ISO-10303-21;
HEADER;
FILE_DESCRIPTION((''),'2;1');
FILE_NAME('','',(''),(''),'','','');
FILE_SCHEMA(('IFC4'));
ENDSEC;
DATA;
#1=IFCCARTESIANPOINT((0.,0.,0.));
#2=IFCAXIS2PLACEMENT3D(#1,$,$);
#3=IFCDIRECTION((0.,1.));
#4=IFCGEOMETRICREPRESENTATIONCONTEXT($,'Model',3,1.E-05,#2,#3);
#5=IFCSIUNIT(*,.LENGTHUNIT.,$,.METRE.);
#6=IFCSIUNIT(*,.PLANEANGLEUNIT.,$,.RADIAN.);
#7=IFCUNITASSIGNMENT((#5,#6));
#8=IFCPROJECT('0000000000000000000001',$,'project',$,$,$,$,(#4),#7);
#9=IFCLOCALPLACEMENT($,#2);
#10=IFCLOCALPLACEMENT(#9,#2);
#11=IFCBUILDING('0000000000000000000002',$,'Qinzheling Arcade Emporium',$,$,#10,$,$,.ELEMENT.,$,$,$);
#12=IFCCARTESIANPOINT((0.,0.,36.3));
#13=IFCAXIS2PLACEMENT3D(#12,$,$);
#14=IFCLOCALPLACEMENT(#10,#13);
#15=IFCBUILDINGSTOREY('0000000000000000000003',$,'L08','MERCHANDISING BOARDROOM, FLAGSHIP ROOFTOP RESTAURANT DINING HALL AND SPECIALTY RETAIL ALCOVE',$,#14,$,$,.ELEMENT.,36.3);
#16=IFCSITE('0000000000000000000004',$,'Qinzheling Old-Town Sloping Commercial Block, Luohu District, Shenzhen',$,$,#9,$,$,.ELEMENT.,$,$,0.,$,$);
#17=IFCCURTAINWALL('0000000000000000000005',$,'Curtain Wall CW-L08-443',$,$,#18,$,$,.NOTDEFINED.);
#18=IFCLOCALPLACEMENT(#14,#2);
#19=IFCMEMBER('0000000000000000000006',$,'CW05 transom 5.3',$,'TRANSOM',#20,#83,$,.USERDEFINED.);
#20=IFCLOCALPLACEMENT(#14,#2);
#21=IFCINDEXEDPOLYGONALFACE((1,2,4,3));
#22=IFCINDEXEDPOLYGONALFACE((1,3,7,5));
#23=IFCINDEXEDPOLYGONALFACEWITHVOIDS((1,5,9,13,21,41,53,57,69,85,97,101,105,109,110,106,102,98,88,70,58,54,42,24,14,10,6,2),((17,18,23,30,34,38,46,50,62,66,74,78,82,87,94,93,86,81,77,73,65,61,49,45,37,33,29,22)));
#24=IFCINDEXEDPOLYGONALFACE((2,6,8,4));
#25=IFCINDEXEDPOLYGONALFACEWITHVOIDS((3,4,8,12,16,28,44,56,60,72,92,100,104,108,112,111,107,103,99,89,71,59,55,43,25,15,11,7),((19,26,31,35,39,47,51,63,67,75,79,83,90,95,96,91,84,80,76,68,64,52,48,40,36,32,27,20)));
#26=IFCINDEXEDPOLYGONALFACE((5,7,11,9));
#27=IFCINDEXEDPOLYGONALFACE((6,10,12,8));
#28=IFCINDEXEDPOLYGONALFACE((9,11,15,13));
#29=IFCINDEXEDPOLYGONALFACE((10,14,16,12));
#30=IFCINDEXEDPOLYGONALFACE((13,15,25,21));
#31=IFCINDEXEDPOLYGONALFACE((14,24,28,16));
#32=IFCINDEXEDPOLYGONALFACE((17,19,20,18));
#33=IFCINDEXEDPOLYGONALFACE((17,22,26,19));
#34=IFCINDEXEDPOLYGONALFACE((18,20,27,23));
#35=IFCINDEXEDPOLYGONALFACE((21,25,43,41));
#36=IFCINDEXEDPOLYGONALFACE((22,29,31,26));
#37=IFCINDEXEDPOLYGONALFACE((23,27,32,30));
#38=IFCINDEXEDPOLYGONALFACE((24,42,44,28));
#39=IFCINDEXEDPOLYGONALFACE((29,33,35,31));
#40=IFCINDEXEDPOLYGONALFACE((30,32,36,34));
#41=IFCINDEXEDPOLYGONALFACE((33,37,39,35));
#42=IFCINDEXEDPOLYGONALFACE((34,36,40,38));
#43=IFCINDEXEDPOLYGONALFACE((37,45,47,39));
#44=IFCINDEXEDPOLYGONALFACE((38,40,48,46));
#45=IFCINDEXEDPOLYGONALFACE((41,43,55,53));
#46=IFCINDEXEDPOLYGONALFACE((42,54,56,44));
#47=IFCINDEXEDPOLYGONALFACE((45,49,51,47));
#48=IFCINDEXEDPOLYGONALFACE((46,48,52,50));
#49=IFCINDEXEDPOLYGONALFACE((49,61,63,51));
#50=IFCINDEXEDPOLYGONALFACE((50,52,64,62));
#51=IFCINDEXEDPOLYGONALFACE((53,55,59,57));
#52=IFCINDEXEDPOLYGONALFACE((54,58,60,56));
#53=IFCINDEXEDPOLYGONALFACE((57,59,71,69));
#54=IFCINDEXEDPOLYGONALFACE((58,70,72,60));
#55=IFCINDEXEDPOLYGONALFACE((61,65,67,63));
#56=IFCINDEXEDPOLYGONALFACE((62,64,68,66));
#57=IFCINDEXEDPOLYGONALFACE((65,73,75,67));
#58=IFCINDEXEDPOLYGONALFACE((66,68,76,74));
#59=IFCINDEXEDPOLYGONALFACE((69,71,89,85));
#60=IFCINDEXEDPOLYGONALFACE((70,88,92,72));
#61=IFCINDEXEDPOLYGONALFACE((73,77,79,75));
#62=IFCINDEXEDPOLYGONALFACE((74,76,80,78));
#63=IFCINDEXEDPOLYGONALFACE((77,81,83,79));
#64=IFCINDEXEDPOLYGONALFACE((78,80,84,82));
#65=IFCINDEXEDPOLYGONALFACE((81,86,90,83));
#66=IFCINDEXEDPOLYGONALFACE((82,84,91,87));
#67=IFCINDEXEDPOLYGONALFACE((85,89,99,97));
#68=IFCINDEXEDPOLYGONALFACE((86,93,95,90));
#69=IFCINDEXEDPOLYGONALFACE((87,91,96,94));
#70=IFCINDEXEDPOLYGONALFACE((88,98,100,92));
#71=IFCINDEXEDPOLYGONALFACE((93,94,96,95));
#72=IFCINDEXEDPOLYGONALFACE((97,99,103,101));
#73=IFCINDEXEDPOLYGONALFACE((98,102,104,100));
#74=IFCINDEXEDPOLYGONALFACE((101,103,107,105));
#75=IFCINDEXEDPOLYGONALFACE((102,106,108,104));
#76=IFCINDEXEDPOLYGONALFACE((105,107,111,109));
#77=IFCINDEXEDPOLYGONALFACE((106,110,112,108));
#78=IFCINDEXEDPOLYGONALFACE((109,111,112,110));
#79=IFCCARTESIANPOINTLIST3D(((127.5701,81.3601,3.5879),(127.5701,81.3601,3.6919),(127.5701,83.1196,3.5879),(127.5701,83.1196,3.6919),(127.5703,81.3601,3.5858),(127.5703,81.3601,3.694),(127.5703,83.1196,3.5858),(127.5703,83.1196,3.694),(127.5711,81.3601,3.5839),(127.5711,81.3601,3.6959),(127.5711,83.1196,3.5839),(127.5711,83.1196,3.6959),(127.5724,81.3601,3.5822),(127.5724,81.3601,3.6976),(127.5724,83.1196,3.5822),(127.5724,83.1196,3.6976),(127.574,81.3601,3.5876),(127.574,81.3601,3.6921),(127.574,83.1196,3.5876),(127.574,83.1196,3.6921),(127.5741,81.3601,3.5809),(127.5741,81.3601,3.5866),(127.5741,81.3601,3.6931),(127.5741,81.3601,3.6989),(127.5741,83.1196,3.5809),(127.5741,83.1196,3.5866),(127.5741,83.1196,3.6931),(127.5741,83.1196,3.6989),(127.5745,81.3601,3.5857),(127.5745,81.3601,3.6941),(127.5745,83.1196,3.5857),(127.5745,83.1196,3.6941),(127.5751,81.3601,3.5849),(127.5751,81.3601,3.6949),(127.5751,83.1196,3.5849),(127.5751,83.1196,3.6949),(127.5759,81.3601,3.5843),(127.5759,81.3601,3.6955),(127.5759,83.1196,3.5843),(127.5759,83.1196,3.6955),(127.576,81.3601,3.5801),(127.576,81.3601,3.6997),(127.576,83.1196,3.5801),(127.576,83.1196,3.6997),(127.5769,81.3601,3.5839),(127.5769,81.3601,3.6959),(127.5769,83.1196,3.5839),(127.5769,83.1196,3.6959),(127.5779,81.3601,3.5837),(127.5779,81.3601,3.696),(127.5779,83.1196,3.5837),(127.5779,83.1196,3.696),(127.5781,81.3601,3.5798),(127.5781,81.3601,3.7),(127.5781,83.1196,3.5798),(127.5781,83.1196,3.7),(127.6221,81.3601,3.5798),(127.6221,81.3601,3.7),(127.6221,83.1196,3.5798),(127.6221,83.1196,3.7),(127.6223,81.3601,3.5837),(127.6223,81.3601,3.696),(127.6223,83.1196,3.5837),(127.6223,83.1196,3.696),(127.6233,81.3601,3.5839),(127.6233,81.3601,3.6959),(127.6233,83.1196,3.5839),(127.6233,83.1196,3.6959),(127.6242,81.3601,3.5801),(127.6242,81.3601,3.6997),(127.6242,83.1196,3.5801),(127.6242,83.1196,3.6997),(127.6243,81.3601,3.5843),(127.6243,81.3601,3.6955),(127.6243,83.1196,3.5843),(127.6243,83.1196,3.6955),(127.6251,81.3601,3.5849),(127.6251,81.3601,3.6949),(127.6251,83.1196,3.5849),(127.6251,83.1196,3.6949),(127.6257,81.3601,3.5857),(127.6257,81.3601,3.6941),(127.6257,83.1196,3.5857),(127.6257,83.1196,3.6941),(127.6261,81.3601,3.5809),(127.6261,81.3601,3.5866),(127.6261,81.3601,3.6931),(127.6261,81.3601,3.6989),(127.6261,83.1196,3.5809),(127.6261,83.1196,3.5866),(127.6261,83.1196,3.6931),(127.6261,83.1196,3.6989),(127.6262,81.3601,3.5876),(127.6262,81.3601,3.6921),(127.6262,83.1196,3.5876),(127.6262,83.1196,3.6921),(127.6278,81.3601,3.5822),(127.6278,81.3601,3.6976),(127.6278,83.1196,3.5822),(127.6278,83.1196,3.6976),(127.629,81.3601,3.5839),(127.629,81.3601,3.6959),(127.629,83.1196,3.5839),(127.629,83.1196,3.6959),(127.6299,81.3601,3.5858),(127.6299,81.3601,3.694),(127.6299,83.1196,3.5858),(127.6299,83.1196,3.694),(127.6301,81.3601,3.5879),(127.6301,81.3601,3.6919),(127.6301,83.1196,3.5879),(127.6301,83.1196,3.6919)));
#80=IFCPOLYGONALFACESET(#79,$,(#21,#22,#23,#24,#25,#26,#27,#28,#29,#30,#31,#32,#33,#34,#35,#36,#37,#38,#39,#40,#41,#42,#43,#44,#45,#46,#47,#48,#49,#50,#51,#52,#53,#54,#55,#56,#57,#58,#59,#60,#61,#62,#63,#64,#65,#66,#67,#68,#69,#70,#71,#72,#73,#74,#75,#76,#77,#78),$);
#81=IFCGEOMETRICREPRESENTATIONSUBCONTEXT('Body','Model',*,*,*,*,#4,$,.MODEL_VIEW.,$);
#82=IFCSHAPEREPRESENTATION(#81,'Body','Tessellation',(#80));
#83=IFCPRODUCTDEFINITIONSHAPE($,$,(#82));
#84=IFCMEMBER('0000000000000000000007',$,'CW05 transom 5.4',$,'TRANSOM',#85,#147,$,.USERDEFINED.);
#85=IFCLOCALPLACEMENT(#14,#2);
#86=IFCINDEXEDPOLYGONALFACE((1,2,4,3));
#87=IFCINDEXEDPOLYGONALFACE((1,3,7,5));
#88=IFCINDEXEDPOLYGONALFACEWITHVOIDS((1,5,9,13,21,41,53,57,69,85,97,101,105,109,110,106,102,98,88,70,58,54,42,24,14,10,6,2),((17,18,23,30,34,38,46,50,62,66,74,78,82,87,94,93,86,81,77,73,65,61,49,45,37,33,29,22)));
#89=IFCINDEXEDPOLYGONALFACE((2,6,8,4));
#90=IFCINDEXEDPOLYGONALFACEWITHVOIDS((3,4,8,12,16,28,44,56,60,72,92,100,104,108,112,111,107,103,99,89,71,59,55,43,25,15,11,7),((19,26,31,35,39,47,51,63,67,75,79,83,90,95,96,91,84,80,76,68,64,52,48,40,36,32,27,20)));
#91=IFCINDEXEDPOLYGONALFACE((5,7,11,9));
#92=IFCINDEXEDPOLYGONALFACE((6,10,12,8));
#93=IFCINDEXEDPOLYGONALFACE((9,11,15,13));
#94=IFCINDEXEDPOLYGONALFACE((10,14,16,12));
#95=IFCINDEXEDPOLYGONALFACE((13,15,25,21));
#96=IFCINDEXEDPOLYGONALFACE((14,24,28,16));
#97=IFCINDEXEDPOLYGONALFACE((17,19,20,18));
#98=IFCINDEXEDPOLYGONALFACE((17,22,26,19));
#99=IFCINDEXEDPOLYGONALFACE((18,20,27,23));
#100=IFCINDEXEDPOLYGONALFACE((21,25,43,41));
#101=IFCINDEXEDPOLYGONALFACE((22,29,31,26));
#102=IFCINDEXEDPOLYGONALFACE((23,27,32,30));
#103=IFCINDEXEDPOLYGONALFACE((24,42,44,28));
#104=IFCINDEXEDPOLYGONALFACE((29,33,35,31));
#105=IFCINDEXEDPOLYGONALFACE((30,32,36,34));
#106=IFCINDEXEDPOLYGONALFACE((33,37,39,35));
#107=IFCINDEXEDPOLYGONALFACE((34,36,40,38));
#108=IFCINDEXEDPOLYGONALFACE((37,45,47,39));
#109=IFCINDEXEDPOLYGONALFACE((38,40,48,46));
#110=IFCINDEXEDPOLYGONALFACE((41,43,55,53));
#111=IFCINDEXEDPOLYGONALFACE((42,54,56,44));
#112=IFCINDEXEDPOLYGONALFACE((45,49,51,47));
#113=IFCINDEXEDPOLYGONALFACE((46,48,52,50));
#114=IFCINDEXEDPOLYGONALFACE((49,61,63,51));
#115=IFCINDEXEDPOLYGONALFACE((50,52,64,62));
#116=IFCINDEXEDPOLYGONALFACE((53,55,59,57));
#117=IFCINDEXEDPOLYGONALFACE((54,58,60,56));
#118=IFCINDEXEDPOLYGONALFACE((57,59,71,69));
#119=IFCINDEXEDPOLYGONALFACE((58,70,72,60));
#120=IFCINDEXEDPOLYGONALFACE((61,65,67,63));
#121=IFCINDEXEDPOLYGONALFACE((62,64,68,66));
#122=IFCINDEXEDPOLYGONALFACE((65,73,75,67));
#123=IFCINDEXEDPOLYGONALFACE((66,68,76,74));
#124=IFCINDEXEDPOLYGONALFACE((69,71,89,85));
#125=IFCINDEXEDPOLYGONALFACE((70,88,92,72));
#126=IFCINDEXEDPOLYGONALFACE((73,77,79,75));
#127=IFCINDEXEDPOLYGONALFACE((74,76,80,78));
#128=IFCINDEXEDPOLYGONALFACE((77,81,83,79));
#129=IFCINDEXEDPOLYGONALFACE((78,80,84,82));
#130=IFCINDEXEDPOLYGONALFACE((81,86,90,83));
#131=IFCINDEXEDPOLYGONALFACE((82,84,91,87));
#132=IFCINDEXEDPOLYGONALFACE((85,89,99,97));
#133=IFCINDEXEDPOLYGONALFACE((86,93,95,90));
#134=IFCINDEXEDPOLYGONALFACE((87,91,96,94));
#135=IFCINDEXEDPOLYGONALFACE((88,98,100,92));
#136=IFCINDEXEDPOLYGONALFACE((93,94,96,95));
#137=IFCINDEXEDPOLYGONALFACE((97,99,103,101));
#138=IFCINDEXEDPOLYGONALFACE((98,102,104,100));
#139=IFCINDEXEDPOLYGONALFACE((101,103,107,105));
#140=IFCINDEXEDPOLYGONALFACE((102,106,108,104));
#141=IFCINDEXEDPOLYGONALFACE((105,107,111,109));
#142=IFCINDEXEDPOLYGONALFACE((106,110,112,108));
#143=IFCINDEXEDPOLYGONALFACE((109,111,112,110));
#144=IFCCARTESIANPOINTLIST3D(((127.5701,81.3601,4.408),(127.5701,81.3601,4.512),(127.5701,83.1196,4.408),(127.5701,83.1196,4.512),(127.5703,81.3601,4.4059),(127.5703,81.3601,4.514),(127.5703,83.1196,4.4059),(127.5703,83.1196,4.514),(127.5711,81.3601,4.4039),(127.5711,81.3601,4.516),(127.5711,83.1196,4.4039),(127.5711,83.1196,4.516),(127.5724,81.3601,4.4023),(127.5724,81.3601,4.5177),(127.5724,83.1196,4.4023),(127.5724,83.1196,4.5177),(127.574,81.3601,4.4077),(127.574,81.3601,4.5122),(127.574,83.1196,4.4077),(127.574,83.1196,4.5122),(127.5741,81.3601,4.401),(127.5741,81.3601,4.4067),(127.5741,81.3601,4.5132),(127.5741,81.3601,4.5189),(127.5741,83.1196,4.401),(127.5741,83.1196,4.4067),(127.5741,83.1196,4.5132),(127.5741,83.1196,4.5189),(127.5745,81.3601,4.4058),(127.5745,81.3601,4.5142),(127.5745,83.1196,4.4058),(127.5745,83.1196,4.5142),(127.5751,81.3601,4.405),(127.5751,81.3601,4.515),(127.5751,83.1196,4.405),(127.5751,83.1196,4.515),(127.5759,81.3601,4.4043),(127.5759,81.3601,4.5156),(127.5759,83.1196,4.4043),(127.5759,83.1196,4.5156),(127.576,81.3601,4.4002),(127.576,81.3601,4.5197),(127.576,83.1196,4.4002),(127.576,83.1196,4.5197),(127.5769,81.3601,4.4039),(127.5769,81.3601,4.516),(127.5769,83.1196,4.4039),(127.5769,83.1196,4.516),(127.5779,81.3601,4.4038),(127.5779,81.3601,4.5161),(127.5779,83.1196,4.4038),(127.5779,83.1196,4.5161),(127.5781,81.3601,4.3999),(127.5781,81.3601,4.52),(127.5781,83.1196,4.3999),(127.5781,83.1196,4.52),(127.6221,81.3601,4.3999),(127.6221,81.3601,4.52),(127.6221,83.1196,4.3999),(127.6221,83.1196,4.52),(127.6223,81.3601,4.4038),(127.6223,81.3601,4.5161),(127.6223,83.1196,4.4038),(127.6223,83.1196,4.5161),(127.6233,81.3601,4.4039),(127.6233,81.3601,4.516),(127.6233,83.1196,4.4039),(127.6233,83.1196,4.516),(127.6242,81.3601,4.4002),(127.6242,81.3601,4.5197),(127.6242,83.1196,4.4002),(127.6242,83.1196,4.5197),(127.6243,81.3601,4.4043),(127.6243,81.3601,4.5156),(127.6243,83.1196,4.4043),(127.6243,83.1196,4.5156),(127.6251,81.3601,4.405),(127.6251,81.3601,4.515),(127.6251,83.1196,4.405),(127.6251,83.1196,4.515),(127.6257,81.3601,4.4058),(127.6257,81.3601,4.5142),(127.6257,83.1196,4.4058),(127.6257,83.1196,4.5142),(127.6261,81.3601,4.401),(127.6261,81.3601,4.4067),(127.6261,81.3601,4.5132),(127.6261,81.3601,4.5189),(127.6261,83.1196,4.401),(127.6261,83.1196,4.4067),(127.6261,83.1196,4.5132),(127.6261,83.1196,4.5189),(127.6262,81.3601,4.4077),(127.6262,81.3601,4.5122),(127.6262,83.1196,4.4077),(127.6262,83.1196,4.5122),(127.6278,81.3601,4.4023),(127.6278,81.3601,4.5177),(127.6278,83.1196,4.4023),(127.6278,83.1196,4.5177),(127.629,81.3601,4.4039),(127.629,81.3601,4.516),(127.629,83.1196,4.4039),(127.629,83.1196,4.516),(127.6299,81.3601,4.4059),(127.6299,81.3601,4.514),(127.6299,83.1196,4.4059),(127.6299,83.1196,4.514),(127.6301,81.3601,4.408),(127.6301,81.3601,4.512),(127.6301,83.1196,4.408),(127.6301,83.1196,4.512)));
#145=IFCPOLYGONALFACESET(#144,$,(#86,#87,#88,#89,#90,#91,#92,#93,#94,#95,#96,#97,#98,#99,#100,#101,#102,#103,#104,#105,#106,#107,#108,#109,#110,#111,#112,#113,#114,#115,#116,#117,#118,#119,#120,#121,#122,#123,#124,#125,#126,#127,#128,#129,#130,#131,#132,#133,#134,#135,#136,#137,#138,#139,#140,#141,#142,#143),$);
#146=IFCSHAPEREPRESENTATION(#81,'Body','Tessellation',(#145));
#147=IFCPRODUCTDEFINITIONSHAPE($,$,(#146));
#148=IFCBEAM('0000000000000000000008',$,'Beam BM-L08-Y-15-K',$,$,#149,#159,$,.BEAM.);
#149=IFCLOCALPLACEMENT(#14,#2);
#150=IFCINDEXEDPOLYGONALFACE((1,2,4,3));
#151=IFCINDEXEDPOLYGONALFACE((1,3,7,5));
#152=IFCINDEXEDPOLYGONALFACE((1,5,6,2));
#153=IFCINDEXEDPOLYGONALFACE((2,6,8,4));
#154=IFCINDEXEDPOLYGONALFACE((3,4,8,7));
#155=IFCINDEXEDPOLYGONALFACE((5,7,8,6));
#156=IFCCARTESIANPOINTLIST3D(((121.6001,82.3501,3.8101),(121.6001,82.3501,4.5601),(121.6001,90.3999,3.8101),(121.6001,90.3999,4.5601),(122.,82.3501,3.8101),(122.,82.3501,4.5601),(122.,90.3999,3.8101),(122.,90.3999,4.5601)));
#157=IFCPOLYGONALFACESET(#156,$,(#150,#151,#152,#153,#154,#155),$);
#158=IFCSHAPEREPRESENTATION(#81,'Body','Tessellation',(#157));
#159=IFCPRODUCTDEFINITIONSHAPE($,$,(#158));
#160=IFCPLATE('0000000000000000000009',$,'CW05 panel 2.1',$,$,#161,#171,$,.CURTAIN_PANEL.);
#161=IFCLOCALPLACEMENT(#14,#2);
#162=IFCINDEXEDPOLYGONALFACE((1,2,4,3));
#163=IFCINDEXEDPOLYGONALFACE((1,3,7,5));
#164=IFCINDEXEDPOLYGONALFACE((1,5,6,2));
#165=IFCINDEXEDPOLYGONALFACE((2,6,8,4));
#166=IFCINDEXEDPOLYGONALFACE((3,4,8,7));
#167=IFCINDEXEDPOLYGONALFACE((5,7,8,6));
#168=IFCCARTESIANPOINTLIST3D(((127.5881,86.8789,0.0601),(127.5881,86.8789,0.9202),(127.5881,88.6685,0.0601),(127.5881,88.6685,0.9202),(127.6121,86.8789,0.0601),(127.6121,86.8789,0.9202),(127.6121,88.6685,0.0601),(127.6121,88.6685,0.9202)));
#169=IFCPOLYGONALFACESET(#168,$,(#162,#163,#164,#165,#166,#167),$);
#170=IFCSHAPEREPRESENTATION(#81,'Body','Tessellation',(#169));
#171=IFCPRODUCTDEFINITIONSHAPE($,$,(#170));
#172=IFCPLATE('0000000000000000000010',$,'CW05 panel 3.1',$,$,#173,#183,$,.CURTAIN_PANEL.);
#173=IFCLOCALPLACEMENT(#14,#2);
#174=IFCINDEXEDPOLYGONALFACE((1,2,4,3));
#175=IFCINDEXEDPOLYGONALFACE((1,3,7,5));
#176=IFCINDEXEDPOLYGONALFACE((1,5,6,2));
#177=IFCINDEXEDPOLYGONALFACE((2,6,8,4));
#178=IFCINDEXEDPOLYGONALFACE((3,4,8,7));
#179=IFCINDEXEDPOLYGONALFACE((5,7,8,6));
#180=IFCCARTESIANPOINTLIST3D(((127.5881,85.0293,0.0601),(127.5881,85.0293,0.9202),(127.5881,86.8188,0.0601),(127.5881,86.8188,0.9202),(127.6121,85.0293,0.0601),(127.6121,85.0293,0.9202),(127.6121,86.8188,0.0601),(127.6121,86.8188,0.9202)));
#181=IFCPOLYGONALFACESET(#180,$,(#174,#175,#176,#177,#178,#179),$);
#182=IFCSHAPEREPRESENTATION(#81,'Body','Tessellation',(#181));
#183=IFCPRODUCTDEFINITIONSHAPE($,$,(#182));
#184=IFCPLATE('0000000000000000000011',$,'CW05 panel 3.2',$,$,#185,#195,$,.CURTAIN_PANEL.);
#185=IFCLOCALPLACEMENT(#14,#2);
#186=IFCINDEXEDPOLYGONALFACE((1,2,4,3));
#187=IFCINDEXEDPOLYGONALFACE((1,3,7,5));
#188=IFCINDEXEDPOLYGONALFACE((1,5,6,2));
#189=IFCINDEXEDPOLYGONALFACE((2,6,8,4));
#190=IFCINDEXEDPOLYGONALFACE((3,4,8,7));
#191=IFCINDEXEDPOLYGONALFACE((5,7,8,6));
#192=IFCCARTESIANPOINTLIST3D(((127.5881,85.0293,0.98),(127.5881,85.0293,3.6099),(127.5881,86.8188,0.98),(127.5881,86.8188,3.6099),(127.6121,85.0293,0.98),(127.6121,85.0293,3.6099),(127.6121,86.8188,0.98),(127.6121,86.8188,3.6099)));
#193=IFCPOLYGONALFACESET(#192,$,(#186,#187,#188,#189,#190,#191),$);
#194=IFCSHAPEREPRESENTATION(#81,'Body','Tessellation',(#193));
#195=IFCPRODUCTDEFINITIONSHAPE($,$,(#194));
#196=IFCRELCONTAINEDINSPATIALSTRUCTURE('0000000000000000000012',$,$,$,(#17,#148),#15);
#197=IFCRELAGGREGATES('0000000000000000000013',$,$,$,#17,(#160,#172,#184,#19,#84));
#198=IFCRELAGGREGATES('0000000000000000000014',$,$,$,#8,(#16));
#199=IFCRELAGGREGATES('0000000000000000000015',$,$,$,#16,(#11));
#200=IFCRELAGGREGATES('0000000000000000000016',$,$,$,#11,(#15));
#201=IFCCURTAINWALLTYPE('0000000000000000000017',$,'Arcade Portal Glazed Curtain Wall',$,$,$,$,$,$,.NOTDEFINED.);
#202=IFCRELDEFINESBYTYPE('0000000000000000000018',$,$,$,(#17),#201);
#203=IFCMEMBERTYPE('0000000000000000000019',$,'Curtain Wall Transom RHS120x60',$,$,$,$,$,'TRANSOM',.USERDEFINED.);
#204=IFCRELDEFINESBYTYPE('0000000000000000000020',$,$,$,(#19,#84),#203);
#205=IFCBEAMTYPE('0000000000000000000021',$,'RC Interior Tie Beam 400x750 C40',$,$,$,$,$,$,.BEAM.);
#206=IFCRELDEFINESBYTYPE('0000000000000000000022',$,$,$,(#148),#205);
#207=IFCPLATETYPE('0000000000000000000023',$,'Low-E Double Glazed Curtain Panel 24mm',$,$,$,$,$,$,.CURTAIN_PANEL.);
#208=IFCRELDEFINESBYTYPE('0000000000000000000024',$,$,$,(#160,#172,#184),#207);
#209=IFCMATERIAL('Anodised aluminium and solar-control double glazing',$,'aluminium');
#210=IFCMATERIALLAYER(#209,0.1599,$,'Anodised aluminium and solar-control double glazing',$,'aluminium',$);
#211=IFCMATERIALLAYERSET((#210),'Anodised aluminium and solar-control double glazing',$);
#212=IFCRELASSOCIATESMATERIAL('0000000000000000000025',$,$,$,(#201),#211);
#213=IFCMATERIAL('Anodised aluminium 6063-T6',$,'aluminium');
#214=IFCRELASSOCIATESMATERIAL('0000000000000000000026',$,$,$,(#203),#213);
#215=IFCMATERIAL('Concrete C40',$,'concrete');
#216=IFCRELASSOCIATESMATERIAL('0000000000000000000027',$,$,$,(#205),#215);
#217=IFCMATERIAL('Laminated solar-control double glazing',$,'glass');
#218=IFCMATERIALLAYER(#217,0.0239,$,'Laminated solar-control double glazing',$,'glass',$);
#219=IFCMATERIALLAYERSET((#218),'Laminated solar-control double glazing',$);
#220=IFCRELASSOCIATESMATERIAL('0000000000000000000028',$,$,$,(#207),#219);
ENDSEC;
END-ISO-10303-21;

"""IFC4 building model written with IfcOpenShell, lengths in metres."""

from ifc_helpers import new_model, si_unit, direction, frame, origin, origin_2d, place, context, subcontext, project, spatial, rectangle, hollow_rectangle, extrude, material, layer, layer_set, material_profile, profile_set, type_object, element, aggregate, save


model = new_model("IFC4")

# Units and contexts
model_context = context("Model", 3, precision=1e-05, world=origin(), true_north=direction((0.0, 1.0)))
body_context = subcontext(model_context, "Body", "Model", "MODEL_VIEW")
ifc_project = project(units=[si_unit("LENGTHUNIT", "METRE"), si_unit("PLANEANGLEUNIT", "RADIAN")], contexts=[model_context])

# Site, building, storey
site_placement = place(None, origin())
site = spatial("IfcSite", under=ifc_project, at=site_placement, Name="Qinzheling Old-Town Sloping Commercial Block, Luohu District, Shenzhen", CompositionType="ELEMENT", RefElevation=0.0)
building_placement = place(site_placement, origin())
building = spatial("IfcBuilding", under=site, at=building_placement, Name="Qinzheling Arcade Emporium", CompositionType="ELEMENT")
storey_placement = place(building_placement, frame((0.0, 0.0, 36.3)))
storey = spatial("IfcBuildingStorey", under=building, at=storey_placement, Name="L08", Description="MERCHANDISING BOARDROOM, FLAGSHIP ROOFTOP RESTAURANT DINING HALL AND SPECIALTY RETAIL ALCOVE", CompositionType="ELEMENT", Elevation=36.3)

# Curtain wall, members
ifc_material_1 = material(Name="Anodised aluminium and solar-control double glazing", Category="aluminium")
ifc_layer_1 = layer(ifc_material_1, 0.1599, Name="Anodised aluminium and solar-control double glazing", Category="aluminium")
ifc_layer_set_1 = layer_set([ifc_layer_1], Name="Anodised aluminium and solar-control double glazing")
curtain_wall_type = type_object("IfcCurtainWallType", Name="Arcade Portal Glazed Curtain Wall", PredefinedType="NOTDEFINED", material=ifc_layer_set_1)
curtain_wall_placement = place(storey_placement, origin())
curtain_wall = element("IfcCurtainWall", 1, at=curtain_wall_placement, inside=storey, type_object=curtain_wall_type, Name="Curtain Wall CW-L08-443", PredefinedType="NOTDEFINED")
ifc_material_2 = material(Name="Anodised aluminium 6063-T6", Category="aluminium")
ifc_material_profile_1 = material_profile(ifc_material_2, hollow_rectangle(XDim=0.0601, YDim=0.1201, WallThickness=0.0039, InnerFilletRadius=0.0039, OuterFilletRadius=0.0081, at=origin_2d()), Name="RHS 120x60x4", Category="aluminium")
ifc_profile_set_1 = profile_set([ifc_material_profile_1], Name="Anodised aluminium 6063-T6")
member_type_1 = type_object("IfcMemberType", Name="Curtain Wall Transom RHS120x60", ElementType="TRANSOM", PredefinedType="USERDEFINED", material=ifc_profile_set_1)
member_1_placement = place(storey_placement, frame((127.6001, 83.1196, 3.6399), z_axis=(0.0, -1.0, 0.0), x_axis=(1.0, 0.0, 0.0)))
member_1 = element("IfcMember", 2, at=member_1_placement, type_object=member_type_1, Name="CW05 transom 5.3", ObjectType="TRANSOM", PredefinedType="USERDEFINED", context=body_context, shape_type="SweptSolid", body=[
    extrude(hollow_rectangle(XDim=0.0601, YDim=0.1201, WallThickness=0.0039, InnerFilletRadius=0.0039, OuterFilletRadius=0.0081, at=origin_2d()), origin(), (0.0, 0.0, 1.0), 1.7595),
])
member_2_placement = place(storey_placement, frame((127.6001, 83.1196, 4.46), z_axis=(0.0, -1.0, 0.0), x_axis=(1.0, 0.0, 0.0)))
member_2 = element("IfcMember", 3, at=member_2_placement, type_object=member_type_1, Name="CW05 transom 5.4", ObjectType="TRANSOM", PredefinedType="USERDEFINED", context=body_context, shape_type="SweptSolid", body=[
    extrude(hollow_rectangle(XDim=0.0601, YDim=0.1201, WallThickness=0.0039, InnerFilletRadius=0.0039, OuterFilletRadius=0.0081, at=origin_2d()), origin(), (0.0, 0.0, 1.0), 1.7595),
])

# Beam
ifc_material_3 = material(Name="Concrete C40", Category="concrete")
ifc_material_profile_2 = material_profile(ifc_material_3, rectangle(XDim=0.3999, YDim=0.75, at=origin_2d()), Name="RC 400x750", Category="concrete")
ifc_profile_set_2 = profile_set([ifc_material_profile_2], Name="Concrete C40")
beam_type = type_object("IfcBeamType", Name="RC Interior Tie Beam 400x750 C40", PredefinedType="BEAM", material=ifc_profile_set_2)
beam_placement = place(storey_placement, frame((121.8, 82.3501, 4.1851), z_axis=(0.0, 1.0, 0.0), x_axis=(-1.0, 0.0, 0.0)))
element("IfcBeam", 4, at=beam_placement, inside=storey, type_object=beam_type, Name="Beam BM-L08-Y-15-K", PredefinedType="BEAM", context=body_context, shape_type="SweptSolid", body=[
    extrude(rectangle(XDim=0.3999, YDim=0.75, at=origin_2d()), origin(), (0.0, 0.0, 1.0), 8.0498),
])

# Plates
ifc_material_4 = material(Name="Laminated solar-control double glazing", Category="glass")
ifc_layer_2 = layer(ifc_material_4, 0.0239, Name="Laminated solar-control double glazing", Category="glass")
ifc_layer_set_2 = layer_set([ifc_layer_2], Name="Laminated solar-control double glazing")
plate_type = type_object("IfcPlateType", Name="Low-E Double Glazed Curtain Panel 24mm", PredefinedType="CURTAIN_PANEL", material=ifc_layer_set_2)
plate_1_placement = place(storey_placement, frame((127.6001, 87.7737, 0.0601), z_axis=(0.0, 0.0, 1.0), x_axis=(0.0, -1.0, 0.0)))
plate_1 = element("IfcPlate", 5, at=plate_1_placement, type_object=plate_type, Name="CW05 panel 2.1", PredefinedType="CURTAIN_PANEL", context=body_context, shape_type="SweptSolid", body=[
    extrude(rectangle(XDim=1.7896, YDim=0.0239, at=origin_2d()), origin(), (0.0, 0.0, 1.0), 0.8601),
])
plate_2_placement = place(storey_placement, frame((127.6001, 85.9241, 0.0601), z_axis=(0.0, 0.0, 1.0), x_axis=(0.0, -1.0, 0.0)))
plate_2 = element("IfcPlate", 6, at=plate_2_placement, type_object=plate_type, Name="CW05 panel 3.1", PredefinedType="CURTAIN_PANEL", context=body_context, shape_type="SweptSolid", body=[
    extrude(rectangle(XDim=1.7896, YDim=0.0239, at=origin_2d()), origin(), (0.0, 0.0, 1.0), 0.8601),
])
plate_3_placement = place(storey_placement, frame((127.6001, 85.9241, 0.98), z_axis=(0.0, 0.0, 1.0), x_axis=(0.0, -1.0, 0.0)))
plate_3 = element("IfcPlate", 7, at=plate_3_placement, type_object=plate_type, Name="CW05 panel 3.2", PredefinedType="CURTAIN_PANEL", context=body_context, shape_type="SweptSolid", body=[
    extrude(rectangle(XDim=1.7896, YDim=0.0239, at=origin_2d()), origin(), (0.0, 0.0, 1.0), 2.6299),
])
aggregate(curtain_wall, [plate_1, plate_2, plate_3, member_1, member_2])

save(model, "model.ifc")
